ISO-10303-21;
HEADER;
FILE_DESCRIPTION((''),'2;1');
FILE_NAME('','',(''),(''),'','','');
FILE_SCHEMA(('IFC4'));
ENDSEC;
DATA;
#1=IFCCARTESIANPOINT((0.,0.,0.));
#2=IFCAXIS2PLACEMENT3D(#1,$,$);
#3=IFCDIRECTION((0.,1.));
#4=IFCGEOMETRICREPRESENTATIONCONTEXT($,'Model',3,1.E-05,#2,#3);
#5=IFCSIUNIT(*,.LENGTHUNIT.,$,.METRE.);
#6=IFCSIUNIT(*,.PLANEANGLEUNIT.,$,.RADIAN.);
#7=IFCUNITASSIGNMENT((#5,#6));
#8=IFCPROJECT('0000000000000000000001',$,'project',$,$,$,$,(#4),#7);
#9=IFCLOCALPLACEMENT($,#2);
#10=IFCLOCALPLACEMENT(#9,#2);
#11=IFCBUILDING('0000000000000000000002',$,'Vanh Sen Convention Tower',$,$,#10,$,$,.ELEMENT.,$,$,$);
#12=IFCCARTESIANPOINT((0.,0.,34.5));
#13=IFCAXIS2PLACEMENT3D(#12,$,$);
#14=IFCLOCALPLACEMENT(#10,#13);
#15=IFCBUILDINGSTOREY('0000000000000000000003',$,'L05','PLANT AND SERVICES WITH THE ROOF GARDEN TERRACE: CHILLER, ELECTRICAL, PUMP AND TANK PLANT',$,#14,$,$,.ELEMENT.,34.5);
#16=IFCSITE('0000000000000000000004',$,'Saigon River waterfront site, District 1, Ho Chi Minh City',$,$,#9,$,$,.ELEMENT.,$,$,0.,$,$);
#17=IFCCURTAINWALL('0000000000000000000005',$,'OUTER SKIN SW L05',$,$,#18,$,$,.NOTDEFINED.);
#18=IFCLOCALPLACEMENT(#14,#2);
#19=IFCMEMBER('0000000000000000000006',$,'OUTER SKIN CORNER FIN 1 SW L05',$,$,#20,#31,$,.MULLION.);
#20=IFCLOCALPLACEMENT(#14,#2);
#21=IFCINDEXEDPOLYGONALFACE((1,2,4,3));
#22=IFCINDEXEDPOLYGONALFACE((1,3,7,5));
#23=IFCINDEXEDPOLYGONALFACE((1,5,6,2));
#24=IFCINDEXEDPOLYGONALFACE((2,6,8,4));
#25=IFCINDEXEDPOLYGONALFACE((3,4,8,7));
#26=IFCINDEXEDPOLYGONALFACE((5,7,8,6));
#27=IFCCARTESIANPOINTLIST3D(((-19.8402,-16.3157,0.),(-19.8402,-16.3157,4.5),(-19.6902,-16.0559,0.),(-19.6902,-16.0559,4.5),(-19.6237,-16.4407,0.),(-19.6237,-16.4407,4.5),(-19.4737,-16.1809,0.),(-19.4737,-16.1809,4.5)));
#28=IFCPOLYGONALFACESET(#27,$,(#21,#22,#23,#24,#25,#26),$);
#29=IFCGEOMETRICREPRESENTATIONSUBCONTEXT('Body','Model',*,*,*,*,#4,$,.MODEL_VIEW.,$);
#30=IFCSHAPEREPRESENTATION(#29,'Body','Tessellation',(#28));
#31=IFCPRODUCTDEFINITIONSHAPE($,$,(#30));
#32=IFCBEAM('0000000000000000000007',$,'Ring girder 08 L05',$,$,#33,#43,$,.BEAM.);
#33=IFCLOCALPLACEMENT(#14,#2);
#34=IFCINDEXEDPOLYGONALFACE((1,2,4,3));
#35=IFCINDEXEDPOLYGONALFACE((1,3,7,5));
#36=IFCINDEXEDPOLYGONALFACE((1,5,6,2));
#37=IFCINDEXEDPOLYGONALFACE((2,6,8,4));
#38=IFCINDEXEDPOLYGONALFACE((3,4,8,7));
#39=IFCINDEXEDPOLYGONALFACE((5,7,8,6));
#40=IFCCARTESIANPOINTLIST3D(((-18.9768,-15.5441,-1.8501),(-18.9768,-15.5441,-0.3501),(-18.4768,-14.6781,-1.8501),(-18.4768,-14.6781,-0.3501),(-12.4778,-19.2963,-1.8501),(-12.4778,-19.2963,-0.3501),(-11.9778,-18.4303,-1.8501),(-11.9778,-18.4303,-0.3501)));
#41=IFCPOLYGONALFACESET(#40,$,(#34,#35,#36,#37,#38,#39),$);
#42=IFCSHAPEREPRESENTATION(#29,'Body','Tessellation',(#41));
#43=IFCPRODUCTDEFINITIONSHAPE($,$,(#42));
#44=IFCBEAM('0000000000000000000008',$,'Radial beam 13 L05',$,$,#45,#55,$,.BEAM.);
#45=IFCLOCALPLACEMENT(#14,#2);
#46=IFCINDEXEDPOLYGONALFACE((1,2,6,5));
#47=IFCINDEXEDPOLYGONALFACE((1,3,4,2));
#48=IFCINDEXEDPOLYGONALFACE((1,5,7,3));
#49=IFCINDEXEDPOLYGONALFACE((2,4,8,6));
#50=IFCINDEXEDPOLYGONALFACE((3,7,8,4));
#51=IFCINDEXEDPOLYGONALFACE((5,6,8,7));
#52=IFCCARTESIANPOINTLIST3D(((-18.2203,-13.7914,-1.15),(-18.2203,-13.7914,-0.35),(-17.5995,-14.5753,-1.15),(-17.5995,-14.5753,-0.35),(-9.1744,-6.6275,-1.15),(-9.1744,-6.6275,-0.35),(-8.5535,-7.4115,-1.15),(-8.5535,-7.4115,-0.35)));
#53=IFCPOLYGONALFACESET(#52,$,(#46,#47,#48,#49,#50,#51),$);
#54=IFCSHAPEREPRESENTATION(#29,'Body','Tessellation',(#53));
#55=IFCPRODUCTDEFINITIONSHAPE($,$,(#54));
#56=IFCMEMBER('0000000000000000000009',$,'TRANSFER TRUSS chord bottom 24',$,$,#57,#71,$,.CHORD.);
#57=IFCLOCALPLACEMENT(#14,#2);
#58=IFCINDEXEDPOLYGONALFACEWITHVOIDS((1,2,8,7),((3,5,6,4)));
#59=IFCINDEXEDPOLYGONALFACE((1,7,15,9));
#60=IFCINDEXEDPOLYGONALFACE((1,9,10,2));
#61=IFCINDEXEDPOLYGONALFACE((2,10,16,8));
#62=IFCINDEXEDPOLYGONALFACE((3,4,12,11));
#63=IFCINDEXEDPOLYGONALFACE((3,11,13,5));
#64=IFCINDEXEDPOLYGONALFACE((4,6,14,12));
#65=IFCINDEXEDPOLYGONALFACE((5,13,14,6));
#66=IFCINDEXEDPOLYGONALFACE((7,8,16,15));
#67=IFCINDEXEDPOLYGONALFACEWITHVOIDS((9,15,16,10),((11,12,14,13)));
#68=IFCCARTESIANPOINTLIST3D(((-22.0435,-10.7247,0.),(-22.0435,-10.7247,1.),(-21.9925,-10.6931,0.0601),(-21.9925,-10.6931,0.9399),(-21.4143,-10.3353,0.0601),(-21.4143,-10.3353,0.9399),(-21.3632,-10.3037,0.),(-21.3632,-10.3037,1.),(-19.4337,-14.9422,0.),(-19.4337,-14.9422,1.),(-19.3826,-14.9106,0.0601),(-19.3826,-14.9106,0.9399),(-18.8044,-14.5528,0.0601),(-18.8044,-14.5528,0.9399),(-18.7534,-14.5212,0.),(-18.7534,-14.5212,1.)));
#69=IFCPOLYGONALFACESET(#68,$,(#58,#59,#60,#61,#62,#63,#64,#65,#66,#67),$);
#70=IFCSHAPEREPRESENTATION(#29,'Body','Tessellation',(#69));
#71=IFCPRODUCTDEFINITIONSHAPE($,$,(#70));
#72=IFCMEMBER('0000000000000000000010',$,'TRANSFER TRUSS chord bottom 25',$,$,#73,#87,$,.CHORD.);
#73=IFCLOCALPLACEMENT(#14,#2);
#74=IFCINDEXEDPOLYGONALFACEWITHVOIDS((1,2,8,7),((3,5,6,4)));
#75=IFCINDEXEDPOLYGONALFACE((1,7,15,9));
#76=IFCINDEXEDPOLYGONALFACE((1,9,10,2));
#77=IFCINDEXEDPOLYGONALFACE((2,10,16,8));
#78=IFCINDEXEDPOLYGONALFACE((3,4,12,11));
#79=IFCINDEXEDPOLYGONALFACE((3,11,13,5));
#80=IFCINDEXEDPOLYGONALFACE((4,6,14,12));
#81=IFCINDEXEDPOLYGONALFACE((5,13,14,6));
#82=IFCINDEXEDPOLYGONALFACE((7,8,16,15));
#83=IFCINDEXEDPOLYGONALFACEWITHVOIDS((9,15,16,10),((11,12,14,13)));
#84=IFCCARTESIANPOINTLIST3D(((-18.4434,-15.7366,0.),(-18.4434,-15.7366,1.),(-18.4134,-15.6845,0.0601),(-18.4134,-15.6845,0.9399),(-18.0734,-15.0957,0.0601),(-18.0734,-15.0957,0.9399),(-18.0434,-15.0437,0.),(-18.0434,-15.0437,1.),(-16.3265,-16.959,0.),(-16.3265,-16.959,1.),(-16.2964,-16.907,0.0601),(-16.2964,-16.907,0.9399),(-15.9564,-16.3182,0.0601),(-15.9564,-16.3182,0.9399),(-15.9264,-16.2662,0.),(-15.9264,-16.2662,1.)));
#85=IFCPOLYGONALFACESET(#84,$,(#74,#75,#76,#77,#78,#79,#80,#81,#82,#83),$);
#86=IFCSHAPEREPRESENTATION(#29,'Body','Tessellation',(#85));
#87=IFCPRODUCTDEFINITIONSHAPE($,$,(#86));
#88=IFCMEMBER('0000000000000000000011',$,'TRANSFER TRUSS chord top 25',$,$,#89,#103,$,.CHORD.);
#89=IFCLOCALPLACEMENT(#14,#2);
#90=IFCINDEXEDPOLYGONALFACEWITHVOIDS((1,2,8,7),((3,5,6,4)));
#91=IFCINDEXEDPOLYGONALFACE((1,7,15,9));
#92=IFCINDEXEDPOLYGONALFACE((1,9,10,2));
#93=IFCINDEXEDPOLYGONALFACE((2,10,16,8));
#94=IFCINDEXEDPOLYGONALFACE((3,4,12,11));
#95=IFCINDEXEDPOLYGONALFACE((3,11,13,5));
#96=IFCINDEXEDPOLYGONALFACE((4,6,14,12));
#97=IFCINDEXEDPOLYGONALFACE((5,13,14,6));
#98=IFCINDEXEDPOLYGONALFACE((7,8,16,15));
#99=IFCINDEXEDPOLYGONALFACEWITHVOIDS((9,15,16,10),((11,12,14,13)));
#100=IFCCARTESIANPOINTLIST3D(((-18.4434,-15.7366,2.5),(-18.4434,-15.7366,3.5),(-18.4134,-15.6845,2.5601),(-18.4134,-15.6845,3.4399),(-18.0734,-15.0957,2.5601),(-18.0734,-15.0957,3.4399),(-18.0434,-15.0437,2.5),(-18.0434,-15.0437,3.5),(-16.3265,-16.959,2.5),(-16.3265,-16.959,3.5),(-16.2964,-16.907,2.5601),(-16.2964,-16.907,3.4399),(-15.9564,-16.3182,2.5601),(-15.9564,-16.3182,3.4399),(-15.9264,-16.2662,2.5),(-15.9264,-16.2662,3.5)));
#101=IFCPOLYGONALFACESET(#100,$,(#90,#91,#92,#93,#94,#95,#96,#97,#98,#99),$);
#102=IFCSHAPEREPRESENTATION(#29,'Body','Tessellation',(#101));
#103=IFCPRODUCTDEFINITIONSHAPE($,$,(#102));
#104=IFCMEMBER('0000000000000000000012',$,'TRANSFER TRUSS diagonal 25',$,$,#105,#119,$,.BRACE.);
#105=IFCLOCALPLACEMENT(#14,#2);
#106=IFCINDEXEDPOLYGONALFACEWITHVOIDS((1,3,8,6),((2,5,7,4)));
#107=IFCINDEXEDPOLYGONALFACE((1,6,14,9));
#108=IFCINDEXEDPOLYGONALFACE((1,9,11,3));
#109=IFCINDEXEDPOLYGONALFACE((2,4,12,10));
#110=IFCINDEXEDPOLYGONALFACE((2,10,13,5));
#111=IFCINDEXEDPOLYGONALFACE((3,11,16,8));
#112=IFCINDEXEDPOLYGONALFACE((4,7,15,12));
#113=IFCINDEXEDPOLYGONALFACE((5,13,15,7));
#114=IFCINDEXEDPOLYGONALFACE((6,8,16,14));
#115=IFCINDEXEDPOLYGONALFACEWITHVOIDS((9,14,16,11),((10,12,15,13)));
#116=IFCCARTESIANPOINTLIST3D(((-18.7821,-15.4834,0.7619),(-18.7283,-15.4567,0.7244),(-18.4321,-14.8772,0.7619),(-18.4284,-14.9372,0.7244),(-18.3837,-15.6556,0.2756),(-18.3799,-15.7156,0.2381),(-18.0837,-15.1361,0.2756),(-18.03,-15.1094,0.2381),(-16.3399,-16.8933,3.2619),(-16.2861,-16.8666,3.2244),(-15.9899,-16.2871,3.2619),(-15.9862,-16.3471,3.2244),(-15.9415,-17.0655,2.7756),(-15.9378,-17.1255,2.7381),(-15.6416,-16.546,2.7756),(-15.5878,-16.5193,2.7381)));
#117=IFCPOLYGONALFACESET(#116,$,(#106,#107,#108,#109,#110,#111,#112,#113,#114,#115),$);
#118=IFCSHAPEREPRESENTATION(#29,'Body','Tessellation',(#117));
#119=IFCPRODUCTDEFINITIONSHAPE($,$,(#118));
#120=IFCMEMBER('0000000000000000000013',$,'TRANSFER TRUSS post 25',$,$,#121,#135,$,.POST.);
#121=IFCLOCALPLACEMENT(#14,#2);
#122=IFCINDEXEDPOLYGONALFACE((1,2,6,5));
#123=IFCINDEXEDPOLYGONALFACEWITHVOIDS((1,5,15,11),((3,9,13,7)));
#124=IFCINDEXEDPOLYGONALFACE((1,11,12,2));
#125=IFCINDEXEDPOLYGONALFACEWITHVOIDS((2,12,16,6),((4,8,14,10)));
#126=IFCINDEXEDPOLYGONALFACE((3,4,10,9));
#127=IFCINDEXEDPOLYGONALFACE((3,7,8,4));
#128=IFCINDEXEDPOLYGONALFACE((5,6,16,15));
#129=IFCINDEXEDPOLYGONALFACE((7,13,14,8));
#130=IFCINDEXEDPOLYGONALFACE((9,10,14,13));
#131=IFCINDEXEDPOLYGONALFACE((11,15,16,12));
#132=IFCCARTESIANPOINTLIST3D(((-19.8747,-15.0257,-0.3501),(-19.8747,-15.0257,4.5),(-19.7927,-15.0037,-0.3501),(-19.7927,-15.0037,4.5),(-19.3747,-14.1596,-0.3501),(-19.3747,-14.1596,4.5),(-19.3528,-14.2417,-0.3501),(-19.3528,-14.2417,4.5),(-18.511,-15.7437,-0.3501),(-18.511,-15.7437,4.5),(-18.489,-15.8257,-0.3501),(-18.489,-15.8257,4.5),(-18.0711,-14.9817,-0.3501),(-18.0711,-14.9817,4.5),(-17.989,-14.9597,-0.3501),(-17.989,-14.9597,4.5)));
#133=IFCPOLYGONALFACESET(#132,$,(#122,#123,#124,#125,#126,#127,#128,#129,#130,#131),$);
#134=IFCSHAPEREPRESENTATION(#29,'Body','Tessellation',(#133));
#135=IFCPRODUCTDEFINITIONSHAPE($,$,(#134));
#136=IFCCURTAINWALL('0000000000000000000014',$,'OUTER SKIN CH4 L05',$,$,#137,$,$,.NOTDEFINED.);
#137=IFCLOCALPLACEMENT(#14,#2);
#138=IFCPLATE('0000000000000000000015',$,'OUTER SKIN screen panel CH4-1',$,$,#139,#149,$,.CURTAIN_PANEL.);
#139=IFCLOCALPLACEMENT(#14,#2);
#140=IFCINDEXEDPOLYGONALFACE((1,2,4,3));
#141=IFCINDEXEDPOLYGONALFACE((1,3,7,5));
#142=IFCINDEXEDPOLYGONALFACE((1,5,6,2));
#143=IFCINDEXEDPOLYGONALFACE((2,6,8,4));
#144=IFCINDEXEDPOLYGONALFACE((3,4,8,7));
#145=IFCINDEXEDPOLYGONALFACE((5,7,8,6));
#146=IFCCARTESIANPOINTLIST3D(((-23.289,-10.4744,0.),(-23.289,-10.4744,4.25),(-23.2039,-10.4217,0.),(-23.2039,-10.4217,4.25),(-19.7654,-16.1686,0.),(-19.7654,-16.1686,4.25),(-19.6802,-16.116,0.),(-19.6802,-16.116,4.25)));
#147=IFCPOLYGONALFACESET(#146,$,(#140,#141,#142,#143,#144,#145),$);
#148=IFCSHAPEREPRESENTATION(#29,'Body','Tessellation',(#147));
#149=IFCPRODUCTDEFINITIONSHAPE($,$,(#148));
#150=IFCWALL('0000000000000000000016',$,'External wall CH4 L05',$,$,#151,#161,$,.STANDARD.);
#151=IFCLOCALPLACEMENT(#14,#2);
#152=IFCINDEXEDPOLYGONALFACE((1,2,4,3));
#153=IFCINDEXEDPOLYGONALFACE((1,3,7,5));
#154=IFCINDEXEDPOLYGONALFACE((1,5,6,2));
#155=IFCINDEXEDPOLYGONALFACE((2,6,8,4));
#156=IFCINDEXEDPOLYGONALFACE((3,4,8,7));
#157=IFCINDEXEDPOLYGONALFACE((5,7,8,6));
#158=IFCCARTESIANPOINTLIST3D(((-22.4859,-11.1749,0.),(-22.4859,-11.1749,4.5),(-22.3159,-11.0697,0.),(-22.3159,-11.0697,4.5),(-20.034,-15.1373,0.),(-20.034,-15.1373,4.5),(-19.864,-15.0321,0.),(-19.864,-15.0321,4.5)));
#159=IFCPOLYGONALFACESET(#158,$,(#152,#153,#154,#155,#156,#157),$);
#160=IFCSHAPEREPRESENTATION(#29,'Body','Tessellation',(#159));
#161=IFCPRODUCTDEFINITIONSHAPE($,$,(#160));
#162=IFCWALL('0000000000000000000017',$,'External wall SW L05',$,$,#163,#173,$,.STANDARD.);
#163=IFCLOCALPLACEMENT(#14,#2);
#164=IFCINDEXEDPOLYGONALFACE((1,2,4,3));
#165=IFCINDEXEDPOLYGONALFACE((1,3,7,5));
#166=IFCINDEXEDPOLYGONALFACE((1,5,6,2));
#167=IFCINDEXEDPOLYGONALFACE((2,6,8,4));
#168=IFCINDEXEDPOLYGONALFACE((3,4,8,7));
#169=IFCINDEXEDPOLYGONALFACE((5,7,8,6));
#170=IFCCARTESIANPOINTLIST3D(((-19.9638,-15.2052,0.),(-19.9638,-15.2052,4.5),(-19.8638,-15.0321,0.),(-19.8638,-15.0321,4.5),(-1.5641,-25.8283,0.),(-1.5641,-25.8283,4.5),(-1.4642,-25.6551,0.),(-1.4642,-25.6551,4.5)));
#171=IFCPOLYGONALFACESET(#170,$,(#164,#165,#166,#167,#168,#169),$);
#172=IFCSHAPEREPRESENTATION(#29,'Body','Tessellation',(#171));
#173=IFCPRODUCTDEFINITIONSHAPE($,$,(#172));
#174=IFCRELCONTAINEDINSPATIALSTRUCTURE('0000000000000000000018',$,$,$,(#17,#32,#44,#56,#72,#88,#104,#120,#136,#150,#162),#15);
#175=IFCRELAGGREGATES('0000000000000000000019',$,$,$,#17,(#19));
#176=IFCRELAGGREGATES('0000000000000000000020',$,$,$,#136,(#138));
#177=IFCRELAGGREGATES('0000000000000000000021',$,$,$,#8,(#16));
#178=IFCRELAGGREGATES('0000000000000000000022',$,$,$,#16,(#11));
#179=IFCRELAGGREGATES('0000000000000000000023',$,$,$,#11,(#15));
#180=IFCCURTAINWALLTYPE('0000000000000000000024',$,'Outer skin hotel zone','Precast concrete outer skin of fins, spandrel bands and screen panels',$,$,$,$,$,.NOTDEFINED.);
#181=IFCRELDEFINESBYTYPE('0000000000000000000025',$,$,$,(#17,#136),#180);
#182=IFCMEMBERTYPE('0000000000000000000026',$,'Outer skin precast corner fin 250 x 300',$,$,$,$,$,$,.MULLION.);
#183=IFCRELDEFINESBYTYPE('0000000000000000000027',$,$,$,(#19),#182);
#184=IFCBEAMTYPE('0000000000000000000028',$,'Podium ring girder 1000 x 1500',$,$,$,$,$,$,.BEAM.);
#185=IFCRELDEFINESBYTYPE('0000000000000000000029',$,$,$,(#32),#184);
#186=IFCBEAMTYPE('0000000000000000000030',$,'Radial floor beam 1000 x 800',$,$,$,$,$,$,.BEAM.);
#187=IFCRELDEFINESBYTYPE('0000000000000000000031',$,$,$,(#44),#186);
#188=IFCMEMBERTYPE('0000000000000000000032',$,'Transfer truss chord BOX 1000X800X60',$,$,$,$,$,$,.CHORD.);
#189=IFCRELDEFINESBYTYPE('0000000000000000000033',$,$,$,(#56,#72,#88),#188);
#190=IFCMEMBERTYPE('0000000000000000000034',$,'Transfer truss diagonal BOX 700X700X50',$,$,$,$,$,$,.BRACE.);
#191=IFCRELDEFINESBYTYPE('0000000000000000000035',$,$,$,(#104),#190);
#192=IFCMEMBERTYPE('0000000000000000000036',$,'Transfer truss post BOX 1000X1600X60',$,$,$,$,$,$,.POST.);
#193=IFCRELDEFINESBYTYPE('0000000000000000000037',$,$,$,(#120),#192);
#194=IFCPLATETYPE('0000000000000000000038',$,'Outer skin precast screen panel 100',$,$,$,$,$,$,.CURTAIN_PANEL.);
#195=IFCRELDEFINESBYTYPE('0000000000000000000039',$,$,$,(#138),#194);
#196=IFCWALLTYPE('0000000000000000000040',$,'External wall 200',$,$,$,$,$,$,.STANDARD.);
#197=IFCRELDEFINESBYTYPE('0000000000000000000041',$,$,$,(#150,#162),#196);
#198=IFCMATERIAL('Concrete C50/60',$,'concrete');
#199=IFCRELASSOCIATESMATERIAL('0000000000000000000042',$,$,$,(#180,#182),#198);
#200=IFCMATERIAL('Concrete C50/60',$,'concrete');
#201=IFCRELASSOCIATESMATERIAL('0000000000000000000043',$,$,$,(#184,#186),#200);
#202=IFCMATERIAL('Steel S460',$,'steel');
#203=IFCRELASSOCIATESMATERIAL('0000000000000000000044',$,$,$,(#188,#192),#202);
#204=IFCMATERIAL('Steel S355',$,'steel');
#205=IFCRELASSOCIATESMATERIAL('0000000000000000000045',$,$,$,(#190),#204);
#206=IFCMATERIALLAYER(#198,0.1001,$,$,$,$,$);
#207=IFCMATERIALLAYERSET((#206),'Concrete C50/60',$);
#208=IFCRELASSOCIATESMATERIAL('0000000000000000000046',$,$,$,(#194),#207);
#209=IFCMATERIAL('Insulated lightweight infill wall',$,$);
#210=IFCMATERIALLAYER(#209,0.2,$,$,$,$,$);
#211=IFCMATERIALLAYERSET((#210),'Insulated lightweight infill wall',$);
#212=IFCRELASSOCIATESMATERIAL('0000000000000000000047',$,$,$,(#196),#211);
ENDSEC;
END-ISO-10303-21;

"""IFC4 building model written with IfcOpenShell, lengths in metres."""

from ifc_helpers import new_model, si_unit, direction, frame, frame_2d, origin, origin_2d, place, context, subcontext, project, spatial, rectangle, hollow_rectangle, extrude, material, layer, layer_set, material_profile, profile_set, type_object, element, aggregate, save


model = new_model("IFC4")

# Units and contexts
model_context = context("Model", 3, precision=1e-05, world=origin(), true_north=direction((0.0, 1.0)))
body_context = subcontext(model_context, "Body", "Model", "MODEL_VIEW")
ifc_project = project(units=[si_unit("LENGTHUNIT", "METRE"), si_unit("PLANEANGLEUNIT", "RADIAN")], contexts=[model_context])

# Site, building, storey
site_placement = place(None, origin())
site = spatial("IfcSite", under=ifc_project, at=site_placement, Name="Saigon River waterfront site, District 1, Ho Chi Minh City", CompositionType="ELEMENT", RefElevation=0.0)
building_placement = place(site_placement, origin())
building = spatial("IfcBuilding", under=site, at=building_placement, Name="Vanh Sen Convention Tower", CompositionType="ELEMENT")
storey_placement = place(building_placement, frame((0.0, 0.0, 34.5)))
storey = spatial("IfcBuildingStorey", under=building, at=storey_placement, Name="L05", Description="PLANT AND SERVICES WITH THE ROOF GARDEN TERRACE: CHILLER, ELECTRICAL, PUMP AND TANK PLANT", CompositionType="ELEMENT", Elevation=34.5)

# Curtain wall, member
ifc_material_1 = material(Name="Concrete C50/60", Category="concrete")
curtain_wall_type = type_object("IfcCurtainWallType", Name="Outer skin hotel zone", Description="Precast concrete outer skin of fins, spandrel bands and screen panels", PredefinedType="NOTDEFINED", material=ifc_material_1)
curtain_wall_1_placement = place(storey_placement, origin())
curtain_wall_1 = element("IfcCurtainWall", 1, at=curtain_wall_1_placement, inside=storey, type_object=curtain_wall_type, Name="OUTER SKIN SW L05", PredefinedType="NOTDEFINED")
ifc_material_profile_1 = material_profile(ifc_material_1, rectangle(XDim=0.25, YDim=0.3, at=origin_2d()), Name="Outer skin precast corner fin 250 x 300")
ifc_profile_set_1 = profile_set([ifc_material_profile_1], Name="Concrete C50/60")
member_type_1 = type_object("IfcMemberType", Name="Outer skin precast corner fin 250 x 300", PredefinedType="MULLION", material=ifc_profile_set_1)
member_1_placement = place(storey_placement, frame((-19.657, -16.2483, 0.0), z_axis=(0.0, 0.0, 1.0), x_axis=(0.866025, -0.5, 0.0)))
member_1 = element("IfcMember", 2, at=member_1_placement, type_object=member_type_1, Name="OUTER SKIN CORNER FIN 1 SW L05", PredefinedType="MULLION", context=body_context, shape_type="SweptSolid", body=[
    extrude(rectangle(XDim=0.25, YDim=0.3, at=origin_2d()), origin(), (0.0, 0.0, 1.0), 4.5),
])
aggregate(curtain_wall_1, [member_1])

# Beams
ifc_material_2 = material(Name="Concrete C50/60", Category="concrete")
ifc_material_profile_2 = material_profile(ifc_material_2, rectangle(XDim=1.0, YDim=1.5, at=origin_2d()), Name="RC 1000X1500")
ifc_profile_set_2 = profile_set([ifc_material_profile_2], Name="Concrete C50/60")
beam_type_1 = type_object("IfcBeamType", Name="Podium ring girder 1000 x 1500", PredefinedType="BEAM", material=ifc_profile_set_2)
beam_1_placement = place(storey_placement, frame((-18.7268, -15.1111, -1.1001), z_axis=(0.866026, -0.499998, 0.0), x_axis=(0.499998, 0.866026, 0.0)))
element("IfcBeam", 3, at=beam_1_placement, inside=storey, type_object=beam_type_1, Name="Ring girder 08 L05", PredefinedType="BEAM", context=body_context, shape_type="SweptSolid", body=[
    extrude(rectangle(XDim=1.0, YDim=1.5, at=origin_2d()), origin(), (0.0, 0.0, 1.0), 7.5044),
])
ifc_material_profile_3 = material_profile(ifc_material_2, rectangle(XDim=1.0, YDim=0.8, at=origin_2d()), Name="RC 1000X800")
ifc_profile_set_3 = profile_set([ifc_material_profile_3], Name="Concrete C50/60")
beam_type_2 = type_object("IfcBeamType", Name="Radial floor beam 1000 x 800", PredefinedType="BEAM", material=ifc_profile_set_3)
beam_2_placement = place(storey_placement, frame((-17.9099, -14.1833, -0.75), z_axis=(0.783941, 0.620835, 0.0), x_axis=(-0.620835, 0.783941, 0.0)))
element("IfcBeam", 4, at=beam_2_placement, inside=storey, type_object=beam_type_2, Name="Radial beam 13 L05", PredefinedType="BEAM", context=body_context, shape_type="SweptSolid", body=[
    extrude(rectangle(XDim=1.0, YDim=0.8, at=origin_2d()), origin(), (0.0, 0.0, 1.0), 11.5391),
])

# Members
ifc_material_3 = material(Name="Steel S460", Category="steel")
ifc_material_profile_4 = material_profile(ifc_material_3, hollow_rectangle(XDim=0.8, YDim=1.0, WallThickness=0.0601, at=origin_2d()), Name="BOX 1000X800X60")
ifc_profile_set_4 = profile_set([ifc_material_profile_4], Name="Steel S460")
member_type_2 = type_object("IfcMemberType", Name="Transfer truss chord BOX 1000X800X60", PredefinedType="CHORD", material=ifc_profile_set_4)
member_2_placement = place(storey_placement, frame((-21.7034, -10.5142, 0.5), z_axis=(0.526211, -0.850354, 0.0), x_axis=(0.850354, 0.526211, 0.0)))
element("IfcMember", 5, at=member_2_placement, inside=storey, type_object=member_type_2, Name="TRANSFER TRUSS chord bottom 24", PredefinedType="CHORD", context=body_context, shape_type="SweptSolid", body=[
    extrude(hollow_rectangle(XDim=0.8, YDim=1.0, WallThickness=0.0601, at=origin_2d()), origin(), (0.0, 0.0, 1.0), 4.9597),
])
for number, where, z_axis, x_axis, name in (
    (6, (-18.2434, -15.3901, 0.5), (0.865991, -0.50006, 0.0), (0.50006, 0.865991, 0.0), "TRANSFER TRUSS chord bottom 25"),
    (7, (-18.2434, -15.3901, 3.0), (0.865991, -0.50006, 0.0), (0.50006, 0.865991, 0.0), "TRANSFER TRUSS chord top 25"),
):
    element("IfcMember", number, at=place(storey_placement, frame(where, z_axis=z_axis, x_axis=x_axis)), inside=storey, type_object=member_type_2, Name=name, PredefinedType="CHORD", context=body_context, shape_type="SweptSolid", body=[
        extrude(hollow_rectangle(XDim=0.8, YDim=1.0, WallThickness=0.0601, at=origin_2d()), origin(), (0.0, 0.0, 1.0), 2.4446),
    ])
ifc_material_4 = material(Name="Steel S355", Category="steel")
ifc_material_profile_5 = material_profile(ifc_material_4, hollow_rectangle(XDim=0.7, YDim=0.7, WallThickness=0.05, at=origin_2d()), Name="BOX 700X700X50")
ifc_profile_set_5 = profile_set([ifc_material_profile_5], Name="Steel S355")
member_type_3 = type_object("IfcMemberType", Name="Transfer truss diagonal BOX 700X700X50", PredefinedType="BRACE", material=ifc_profile_set_5)
member_3_placement = place(storey_placement, frame((-18.406, -15.2964, 0.5), z_axis=(0.648033, -0.374127, 0.663387), x_axis=(0.499985, 0.866034, 0.0)))
element("IfcMember", 8, at=member_3_placement, inside=storey, type_object=member_type_3, Name="TRANSFER TRUSS diagonal 25", PredefinedType="BRACE", context=body_context, shape_type="SweptSolid", body=[
    extrude(hollow_rectangle(XDim=0.7, YDim=0.7, WallThickness=0.05, at=origin_2d()), origin(), (0.0, 0.0, 1.0), 3.7686),
])
ifc_material_profile_6 = material_profile(ifc_material_3, hollow_rectangle(XDim=1.6001, YDim=1.0, WallThickness=0.0601, at=origin_2d()), Name="BOX 1000X1600X60")
ifc_profile_set_6 = profile_set([ifc_material_profile_6], Name="Steel S460")
member_type_4 = type_object("IfcMemberType", Name="Transfer truss post BOX 1000X1600X60", PredefinedType="POST", material=ifc_profile_set_6)
member_4_placement = place(storey_placement, frame((-18.9319, -14.9927, -0.3501), z_axis=(0.0, 0.0, 1.0), x_axis=(0.866025, -0.5, 0.0)))
element("IfcMember", 9, at=member_4_placement, inside=storey, type_object=member_type_4, Name="TRANSFER TRUSS post 25", PredefinedType="POST", context=body_context, shape_type="SweptSolid", body=[
    extrude(hollow_rectangle(XDim=1.6001, YDim=1.0, WallThickness=0.0601, at=origin_2d()), origin(), (0.0, 0.0, 1.0), 4.8501),
])

# Curtain wall, plate
curtain_wall_2_placement = place(storey_placement, origin())
curtain_wall_2 = element("IfcCurtainWall", 10, at=curtain_wall_2_placement, inside=storey, type_object=curtain_wall_type, Name="OUTER SKIN CH4 L05", PredefinedType="NOTDEFINED")
ifc_layer_1 = layer(ifc_material_1, 0.1001)
ifc_layer_set_1 = layer_set([ifc_layer_1], Name="Concrete C50/60")
plate_type = type_object("IfcPlateType", Name="Outer skin precast screen panel 100", PredefinedType="CURTAIN_PANEL", material=ifc_layer_set_1)
plate_placement = place(storey_placement, frame((-21.4846, -13.2952, 0.0), z_axis=(0.0, 0.0, 1.0), x_axis=(0.526205, -0.850358, 0.0)))
plate = element("IfcPlate", 11, at=plate_placement, type_object=plate_type, Name="OUTER SKIN screen panel CH4-1", PredefinedType="CURTAIN_PANEL", context=body_context, shape_type="SweptSolid", body=[
    extrude(rectangle(XDim=6.6963, YDim=0.1001, at=origin_2d()), origin(), (0.0, 0.0, 1.0), 4.25),
])
aggregate(curtain_wall_2, [plate])

# Walls
ifc_material_5 = material(Name="Insulated lightweight infill wall")
ifc_layer_2 = layer(ifc_material_5, 0.2)
ifc_layer_set_2 = layer_set([ifc_layer_2], Name="Insulated lightweight infill wall")
wall_type = type_object("IfcWallType", Name="External wall 200", PredefinedType="STANDARD", material=ifc_layer_set_2)
wall_1_placement = place(storey_placement, frame((-22.4009, -11.1223, 0.0), z_axis=(0.0, 0.0, 1.0), x_axis=(0.526198, -0.850362, 0.0)))
element("IfcWall", 12, at=wall_1_placement, inside=storey, type_object=wall_type, Name="External wall CH4 L05", PredefinedType="STANDARD", context=body_context, shape_type="SweptSolid", body=[
    extrude(rectangle(XDim=4.6597, YDim=0.2, at=frame_2d((2.3298, 0.0))), origin(), (0.0, 0.0, 1.0), 4.5),
])
wall_2_placement = place(storey_placement, frame((-19.9138, -15.1187, 0.0), z_axis=(0.0, 0.0, 1.0), x_axis=(0.866025, -0.5, 0.0)))
element("IfcWall", 13, at=wall_2_placement, inside=storey, type_object=wall_type, Name="External wall SW L05", PredefinedType="STANDARD", context=body_context, shape_type="SweptSolid", body=[
    extrude(rectangle(XDim=21.2461, YDim=0.2, at=frame_2d((10.623, 0.0))), origin(), (0.0, 0.0, 1.0), 4.5),
])

save(model, "model.ifc")
